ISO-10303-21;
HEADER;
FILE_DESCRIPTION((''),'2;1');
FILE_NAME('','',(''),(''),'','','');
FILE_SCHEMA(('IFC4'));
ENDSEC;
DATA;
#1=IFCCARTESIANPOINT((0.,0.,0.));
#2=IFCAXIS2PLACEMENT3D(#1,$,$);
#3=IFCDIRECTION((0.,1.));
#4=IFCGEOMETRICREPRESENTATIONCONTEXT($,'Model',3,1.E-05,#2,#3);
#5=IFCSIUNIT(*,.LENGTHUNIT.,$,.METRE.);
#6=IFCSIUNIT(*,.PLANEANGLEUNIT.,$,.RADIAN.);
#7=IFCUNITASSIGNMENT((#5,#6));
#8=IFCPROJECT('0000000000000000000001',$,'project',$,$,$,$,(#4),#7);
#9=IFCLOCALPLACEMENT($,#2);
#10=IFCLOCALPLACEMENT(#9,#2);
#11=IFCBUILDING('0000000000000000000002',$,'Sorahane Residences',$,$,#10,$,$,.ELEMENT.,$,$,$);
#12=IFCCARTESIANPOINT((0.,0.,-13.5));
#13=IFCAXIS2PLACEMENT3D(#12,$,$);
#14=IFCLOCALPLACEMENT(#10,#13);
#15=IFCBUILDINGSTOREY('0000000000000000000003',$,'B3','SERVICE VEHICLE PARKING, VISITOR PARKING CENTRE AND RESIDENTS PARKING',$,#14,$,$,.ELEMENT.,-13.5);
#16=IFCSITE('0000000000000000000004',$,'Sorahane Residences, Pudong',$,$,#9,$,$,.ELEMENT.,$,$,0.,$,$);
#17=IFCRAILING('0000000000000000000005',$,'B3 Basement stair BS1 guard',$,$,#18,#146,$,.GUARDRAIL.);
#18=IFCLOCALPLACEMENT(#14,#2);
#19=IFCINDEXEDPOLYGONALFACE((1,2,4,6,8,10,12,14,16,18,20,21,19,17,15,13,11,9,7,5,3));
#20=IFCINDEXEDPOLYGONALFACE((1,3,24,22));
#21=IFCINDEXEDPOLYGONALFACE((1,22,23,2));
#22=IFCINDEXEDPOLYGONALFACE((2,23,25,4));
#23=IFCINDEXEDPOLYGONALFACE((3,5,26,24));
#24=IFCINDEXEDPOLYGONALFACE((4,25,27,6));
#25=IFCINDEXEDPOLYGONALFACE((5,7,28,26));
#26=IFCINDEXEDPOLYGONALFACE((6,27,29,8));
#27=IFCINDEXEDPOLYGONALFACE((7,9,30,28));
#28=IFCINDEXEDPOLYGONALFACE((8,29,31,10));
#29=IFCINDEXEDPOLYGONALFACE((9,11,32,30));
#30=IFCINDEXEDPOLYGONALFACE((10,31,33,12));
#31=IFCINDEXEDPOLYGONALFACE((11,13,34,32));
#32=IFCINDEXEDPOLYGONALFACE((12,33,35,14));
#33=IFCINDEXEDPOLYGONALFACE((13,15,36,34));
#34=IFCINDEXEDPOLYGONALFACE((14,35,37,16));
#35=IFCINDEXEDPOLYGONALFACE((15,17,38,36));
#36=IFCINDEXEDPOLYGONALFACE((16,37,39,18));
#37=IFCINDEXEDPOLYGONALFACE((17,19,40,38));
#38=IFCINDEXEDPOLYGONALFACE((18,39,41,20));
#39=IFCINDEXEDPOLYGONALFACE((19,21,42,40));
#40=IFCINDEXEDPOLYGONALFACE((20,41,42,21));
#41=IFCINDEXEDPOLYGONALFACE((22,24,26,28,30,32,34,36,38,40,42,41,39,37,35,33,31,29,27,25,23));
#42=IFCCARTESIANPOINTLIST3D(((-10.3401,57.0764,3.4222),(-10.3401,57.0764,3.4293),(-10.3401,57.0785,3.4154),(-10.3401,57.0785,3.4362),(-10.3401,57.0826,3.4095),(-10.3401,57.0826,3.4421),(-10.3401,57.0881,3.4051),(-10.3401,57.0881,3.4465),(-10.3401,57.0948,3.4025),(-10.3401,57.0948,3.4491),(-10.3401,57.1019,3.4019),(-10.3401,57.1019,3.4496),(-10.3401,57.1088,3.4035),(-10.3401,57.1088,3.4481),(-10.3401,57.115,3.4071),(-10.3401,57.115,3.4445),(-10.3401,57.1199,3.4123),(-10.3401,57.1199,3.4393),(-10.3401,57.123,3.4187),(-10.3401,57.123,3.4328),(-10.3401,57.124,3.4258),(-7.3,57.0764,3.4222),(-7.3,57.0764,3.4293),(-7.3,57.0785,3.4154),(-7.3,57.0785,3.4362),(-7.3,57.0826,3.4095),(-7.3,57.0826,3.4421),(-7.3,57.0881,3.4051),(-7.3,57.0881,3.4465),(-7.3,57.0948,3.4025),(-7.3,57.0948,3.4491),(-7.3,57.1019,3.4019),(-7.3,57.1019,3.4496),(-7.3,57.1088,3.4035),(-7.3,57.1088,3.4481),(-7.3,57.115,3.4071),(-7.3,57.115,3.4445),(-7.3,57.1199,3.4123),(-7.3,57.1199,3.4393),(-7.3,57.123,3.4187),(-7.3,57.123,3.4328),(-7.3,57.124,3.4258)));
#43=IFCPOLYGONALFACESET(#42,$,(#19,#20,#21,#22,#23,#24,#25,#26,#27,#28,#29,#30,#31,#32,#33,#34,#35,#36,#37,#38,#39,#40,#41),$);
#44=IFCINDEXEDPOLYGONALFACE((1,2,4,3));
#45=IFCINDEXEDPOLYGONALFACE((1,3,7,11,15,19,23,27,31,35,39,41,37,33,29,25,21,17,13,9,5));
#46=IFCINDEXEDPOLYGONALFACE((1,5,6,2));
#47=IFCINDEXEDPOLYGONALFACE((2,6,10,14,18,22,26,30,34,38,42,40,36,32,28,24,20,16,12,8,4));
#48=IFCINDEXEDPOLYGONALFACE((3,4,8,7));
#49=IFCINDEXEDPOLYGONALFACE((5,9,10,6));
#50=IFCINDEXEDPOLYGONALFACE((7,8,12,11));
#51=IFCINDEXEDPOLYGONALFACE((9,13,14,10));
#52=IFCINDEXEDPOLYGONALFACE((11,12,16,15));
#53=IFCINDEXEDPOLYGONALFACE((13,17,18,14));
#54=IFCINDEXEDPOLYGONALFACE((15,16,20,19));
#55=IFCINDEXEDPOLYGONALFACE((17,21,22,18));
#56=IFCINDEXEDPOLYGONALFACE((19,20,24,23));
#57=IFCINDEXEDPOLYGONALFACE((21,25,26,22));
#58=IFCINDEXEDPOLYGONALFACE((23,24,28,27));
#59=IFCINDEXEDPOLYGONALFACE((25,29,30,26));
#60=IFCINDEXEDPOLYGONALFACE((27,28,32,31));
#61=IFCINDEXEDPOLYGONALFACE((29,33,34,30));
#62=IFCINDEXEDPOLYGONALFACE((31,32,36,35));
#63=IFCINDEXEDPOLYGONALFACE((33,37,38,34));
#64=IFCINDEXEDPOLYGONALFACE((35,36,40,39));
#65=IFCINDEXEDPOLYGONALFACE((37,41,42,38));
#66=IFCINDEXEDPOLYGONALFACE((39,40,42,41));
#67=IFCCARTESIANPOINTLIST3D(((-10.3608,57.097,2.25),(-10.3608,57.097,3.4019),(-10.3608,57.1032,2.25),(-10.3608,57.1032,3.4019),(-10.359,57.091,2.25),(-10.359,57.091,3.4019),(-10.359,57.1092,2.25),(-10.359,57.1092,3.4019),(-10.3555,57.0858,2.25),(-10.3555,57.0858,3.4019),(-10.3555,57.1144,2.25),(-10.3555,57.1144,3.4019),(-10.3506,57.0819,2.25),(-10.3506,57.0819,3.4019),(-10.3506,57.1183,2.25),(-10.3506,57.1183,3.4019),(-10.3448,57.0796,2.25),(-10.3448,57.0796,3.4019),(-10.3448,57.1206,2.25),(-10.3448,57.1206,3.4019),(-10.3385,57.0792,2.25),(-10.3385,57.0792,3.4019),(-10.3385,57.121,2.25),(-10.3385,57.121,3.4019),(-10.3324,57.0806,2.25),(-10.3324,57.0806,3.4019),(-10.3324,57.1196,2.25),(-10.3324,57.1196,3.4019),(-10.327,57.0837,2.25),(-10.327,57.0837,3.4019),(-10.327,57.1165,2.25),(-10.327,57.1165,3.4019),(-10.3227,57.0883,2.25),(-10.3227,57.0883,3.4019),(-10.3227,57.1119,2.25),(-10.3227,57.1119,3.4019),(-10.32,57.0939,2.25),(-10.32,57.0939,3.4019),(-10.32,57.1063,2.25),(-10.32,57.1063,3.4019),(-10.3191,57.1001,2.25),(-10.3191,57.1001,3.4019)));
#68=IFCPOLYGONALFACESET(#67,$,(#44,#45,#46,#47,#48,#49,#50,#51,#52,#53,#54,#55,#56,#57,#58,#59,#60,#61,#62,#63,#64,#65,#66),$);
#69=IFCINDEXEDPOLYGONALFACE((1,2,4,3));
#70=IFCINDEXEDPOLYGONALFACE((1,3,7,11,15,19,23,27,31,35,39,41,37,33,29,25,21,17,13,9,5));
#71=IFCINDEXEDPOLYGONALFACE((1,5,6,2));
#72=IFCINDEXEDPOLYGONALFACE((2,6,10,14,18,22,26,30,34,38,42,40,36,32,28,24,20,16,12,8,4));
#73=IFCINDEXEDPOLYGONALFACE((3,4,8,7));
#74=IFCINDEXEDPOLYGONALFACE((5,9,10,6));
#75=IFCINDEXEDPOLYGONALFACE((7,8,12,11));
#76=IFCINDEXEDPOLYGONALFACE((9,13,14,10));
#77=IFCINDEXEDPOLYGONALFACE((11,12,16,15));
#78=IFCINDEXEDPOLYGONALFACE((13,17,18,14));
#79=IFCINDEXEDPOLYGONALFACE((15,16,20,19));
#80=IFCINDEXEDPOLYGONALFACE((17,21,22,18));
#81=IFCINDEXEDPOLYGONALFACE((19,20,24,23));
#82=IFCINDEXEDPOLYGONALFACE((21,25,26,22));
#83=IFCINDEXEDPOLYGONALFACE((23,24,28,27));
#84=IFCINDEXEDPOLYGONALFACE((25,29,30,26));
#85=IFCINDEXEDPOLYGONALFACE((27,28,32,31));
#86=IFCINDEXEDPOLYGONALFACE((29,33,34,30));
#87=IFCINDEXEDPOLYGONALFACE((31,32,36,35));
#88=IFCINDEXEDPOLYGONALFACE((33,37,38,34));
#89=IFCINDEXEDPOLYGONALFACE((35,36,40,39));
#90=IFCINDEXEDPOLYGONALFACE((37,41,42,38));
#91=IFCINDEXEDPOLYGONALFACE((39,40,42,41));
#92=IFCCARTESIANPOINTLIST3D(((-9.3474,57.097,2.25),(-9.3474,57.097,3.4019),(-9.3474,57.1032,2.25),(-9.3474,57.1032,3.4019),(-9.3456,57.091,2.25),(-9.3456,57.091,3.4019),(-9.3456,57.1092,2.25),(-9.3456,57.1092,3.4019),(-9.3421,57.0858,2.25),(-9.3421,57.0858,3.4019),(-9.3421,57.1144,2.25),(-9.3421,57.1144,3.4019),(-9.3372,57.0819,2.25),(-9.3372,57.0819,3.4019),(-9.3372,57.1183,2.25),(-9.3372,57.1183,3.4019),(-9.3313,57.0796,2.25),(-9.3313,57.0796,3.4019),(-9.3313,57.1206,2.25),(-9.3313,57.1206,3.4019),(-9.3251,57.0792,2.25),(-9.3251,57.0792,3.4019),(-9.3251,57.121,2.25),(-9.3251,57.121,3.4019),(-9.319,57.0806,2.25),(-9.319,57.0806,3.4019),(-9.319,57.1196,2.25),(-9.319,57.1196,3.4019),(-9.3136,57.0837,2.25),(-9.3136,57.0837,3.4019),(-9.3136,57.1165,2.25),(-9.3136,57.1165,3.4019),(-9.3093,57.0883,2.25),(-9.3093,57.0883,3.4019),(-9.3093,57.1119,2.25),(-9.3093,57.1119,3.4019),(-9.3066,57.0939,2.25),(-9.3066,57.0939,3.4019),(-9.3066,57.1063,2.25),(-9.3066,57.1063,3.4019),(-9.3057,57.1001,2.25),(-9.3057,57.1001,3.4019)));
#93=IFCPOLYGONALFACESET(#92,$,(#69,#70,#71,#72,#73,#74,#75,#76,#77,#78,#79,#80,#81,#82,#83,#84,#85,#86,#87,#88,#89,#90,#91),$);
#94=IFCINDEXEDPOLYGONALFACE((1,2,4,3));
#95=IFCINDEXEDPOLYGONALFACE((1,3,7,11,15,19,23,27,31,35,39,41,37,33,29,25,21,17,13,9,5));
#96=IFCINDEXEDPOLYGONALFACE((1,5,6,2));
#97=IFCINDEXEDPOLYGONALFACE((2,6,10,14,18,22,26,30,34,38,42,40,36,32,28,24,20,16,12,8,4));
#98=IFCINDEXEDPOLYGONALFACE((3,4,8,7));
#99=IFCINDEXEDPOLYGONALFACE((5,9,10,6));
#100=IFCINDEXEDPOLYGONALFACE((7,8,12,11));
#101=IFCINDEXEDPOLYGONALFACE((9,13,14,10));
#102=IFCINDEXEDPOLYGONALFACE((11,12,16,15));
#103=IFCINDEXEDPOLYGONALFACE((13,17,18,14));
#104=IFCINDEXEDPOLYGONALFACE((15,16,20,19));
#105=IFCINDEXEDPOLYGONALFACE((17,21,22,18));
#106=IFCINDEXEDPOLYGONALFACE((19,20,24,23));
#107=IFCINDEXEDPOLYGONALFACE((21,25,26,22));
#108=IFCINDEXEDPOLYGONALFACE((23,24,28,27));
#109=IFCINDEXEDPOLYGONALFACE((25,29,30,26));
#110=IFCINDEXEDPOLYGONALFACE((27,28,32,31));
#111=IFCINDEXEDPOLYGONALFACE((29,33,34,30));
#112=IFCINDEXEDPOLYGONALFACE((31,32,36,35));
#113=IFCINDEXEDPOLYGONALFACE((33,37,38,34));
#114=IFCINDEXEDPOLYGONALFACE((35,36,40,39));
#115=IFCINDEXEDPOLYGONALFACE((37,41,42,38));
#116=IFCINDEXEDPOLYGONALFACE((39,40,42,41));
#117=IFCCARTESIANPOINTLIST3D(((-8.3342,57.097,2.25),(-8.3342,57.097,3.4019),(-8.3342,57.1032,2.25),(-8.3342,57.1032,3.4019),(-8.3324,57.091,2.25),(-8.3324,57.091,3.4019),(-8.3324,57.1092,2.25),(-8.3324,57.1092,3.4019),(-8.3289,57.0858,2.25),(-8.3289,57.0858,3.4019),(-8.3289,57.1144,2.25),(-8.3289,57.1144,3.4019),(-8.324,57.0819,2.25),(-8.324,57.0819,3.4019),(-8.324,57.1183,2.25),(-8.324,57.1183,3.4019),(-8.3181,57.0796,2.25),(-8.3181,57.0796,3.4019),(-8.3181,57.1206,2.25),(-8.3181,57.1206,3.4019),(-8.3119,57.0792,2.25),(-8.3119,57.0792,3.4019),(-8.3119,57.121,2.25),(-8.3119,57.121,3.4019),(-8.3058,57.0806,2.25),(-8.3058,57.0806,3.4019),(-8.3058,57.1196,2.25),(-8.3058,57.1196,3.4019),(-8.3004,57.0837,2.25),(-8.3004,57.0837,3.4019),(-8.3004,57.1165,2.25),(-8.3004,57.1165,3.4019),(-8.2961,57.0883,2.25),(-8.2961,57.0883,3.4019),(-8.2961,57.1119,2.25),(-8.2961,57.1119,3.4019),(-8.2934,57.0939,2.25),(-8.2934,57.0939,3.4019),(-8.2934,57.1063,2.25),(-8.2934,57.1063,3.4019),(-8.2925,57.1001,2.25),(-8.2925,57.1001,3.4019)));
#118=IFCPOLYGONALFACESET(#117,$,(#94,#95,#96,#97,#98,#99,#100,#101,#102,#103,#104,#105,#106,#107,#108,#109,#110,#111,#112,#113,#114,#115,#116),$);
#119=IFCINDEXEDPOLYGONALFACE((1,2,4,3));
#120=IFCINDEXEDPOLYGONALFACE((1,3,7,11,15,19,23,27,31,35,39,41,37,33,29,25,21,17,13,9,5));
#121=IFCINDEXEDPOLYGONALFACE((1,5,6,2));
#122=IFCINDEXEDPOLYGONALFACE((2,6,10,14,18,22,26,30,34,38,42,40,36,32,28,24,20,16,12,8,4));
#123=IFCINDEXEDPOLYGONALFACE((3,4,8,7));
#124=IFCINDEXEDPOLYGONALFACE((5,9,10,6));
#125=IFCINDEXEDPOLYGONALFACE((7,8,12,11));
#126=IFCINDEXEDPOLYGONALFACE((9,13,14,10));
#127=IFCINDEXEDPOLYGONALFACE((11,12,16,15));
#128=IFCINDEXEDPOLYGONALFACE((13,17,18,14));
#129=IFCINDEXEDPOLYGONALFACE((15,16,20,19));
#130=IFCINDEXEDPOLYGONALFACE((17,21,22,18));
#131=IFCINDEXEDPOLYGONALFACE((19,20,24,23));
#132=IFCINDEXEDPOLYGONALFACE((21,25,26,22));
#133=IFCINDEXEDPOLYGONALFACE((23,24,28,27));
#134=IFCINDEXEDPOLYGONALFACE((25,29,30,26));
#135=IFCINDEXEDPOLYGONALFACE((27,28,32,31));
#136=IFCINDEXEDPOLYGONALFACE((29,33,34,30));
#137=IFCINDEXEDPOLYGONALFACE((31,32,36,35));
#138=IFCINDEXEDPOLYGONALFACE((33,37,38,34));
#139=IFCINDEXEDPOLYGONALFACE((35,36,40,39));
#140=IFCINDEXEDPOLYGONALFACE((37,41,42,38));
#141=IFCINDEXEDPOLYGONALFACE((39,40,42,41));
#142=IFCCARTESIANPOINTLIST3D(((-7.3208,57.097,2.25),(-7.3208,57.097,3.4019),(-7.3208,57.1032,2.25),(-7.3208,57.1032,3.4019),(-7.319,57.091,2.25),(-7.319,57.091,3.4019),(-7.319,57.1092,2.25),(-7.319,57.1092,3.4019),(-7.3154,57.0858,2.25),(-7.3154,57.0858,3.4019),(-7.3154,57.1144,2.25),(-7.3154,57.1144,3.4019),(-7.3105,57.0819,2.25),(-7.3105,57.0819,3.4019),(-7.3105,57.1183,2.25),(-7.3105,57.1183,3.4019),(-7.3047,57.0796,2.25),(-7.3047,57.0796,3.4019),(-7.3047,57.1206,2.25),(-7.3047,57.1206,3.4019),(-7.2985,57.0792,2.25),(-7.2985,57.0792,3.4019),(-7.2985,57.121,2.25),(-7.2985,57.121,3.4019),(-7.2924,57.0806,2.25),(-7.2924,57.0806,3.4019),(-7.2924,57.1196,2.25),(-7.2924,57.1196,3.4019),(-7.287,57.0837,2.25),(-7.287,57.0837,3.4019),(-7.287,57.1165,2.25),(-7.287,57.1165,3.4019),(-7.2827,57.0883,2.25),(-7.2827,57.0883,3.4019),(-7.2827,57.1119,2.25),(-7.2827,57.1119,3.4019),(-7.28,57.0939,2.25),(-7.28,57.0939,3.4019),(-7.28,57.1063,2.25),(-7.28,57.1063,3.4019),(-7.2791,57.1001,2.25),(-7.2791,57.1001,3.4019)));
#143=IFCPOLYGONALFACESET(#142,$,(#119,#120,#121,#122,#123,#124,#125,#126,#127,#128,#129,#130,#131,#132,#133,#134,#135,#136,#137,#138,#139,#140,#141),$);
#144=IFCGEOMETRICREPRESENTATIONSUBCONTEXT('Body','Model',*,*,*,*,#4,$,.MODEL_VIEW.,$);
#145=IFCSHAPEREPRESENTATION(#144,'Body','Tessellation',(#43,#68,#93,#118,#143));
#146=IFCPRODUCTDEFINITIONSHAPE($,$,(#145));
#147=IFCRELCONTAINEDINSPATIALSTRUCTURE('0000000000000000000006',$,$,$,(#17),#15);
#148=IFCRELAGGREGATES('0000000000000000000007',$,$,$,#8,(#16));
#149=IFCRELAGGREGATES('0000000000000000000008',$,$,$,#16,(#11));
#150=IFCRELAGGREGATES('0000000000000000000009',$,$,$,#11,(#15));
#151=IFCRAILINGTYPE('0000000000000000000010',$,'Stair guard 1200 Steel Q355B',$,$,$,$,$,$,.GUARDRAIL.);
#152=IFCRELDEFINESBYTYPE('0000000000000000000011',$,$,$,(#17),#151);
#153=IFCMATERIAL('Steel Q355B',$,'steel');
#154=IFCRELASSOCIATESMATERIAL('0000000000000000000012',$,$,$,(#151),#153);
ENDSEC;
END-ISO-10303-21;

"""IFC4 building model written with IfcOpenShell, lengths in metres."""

from ifc_helpers import new_model, si_unit, direction, frame, origin, origin_2d, place, context, subcontext, project, spatial, circle, extrude, material, type_object, element, save


model = new_model("IFC4")

# Units and contexts
model_context = context("Model", 3, precision=1e-05, world=origin(), true_north=direction((0.0, 1.0)))
body_context = subcontext(model_context, "Body", "Model", "MODEL_VIEW")
ifc_project = project(units=[si_unit("LENGTHUNIT", "METRE"), si_unit("PLANEANGLEUNIT", "RADIAN")], contexts=[model_context])

# Site, building, storey
site_placement = place(None, origin())
site = spatial("IfcSite", under=ifc_project, at=site_placement, Name="Sorahane Residences, Pudong", CompositionType="ELEMENT", RefElevation=0.0)
building_placement = place(site_placement, origin())
building = spatial("IfcBuilding", under=site, at=building_placement, Name="Sorahane Residences", CompositionType="ELEMENT")
storey_placement = place(building_placement, frame((0.0, 0.0, -13.5)))
storey = spatial("IfcBuildingStorey", under=building, at=storey_placement, Name="B3", Description="SERVICE VEHICLE PARKING, VISITOR PARKING CENTRE AND RESIDENTS PARKING", CompositionType="ELEMENT", Elevation=-13.5)

# Railing
ifc_material_1 = material(Name="Steel Q355B", Category="steel")
railing_type_1 = type_object("IfcRailingType", Name="Stair guard 1200 Steel Q355B", PredefinedType="GUARDRAIL", material=ifc_material_1)
railing_1_placement = place(storey_placement, frame((-10.3401, 57.1001, 2.25)))
element("IfcRailing", 1, at=railing_1_placement, inside=storey, type_object=railing_type_1, Name="B3 Basement stair BS1 guard", PredefinedType="GUARDRAIL", context=body_context, shape_type="SweptSolid", body=[
    extrude(circle(Radius=0.0239, at=origin_2d()), frame((0.0, 0.0, 1.1758), z_axis=(1.0, 0.0, 0.0), x_axis=(0.0, 1.0, 0.0)), (0.0, 0.0, 1.0), 3.04),
    extrude(circle(Radius=0.021, at=origin_2d()), origin(), (0.0, 0.0, 1.0), 1.1519),
    extrude(circle(Radius=0.021, at=origin_2d()), frame((1.0134, 0.0, 0.0)), (0.0, 0.0, 1.0), 1.1519),
    extrude(circle(Radius=0.021, at=origin_2d()), frame((2.0266, 0.0, 0.0)), (0.0, 0.0, 1.0), 1.1519),
    extrude(circle(Radius=0.021, at=origin_2d()), frame((3.04, 0.0, 0.0)), (0.0, 0.0, 1.0), 1.1519),
])

save(model, "model.ifc")
